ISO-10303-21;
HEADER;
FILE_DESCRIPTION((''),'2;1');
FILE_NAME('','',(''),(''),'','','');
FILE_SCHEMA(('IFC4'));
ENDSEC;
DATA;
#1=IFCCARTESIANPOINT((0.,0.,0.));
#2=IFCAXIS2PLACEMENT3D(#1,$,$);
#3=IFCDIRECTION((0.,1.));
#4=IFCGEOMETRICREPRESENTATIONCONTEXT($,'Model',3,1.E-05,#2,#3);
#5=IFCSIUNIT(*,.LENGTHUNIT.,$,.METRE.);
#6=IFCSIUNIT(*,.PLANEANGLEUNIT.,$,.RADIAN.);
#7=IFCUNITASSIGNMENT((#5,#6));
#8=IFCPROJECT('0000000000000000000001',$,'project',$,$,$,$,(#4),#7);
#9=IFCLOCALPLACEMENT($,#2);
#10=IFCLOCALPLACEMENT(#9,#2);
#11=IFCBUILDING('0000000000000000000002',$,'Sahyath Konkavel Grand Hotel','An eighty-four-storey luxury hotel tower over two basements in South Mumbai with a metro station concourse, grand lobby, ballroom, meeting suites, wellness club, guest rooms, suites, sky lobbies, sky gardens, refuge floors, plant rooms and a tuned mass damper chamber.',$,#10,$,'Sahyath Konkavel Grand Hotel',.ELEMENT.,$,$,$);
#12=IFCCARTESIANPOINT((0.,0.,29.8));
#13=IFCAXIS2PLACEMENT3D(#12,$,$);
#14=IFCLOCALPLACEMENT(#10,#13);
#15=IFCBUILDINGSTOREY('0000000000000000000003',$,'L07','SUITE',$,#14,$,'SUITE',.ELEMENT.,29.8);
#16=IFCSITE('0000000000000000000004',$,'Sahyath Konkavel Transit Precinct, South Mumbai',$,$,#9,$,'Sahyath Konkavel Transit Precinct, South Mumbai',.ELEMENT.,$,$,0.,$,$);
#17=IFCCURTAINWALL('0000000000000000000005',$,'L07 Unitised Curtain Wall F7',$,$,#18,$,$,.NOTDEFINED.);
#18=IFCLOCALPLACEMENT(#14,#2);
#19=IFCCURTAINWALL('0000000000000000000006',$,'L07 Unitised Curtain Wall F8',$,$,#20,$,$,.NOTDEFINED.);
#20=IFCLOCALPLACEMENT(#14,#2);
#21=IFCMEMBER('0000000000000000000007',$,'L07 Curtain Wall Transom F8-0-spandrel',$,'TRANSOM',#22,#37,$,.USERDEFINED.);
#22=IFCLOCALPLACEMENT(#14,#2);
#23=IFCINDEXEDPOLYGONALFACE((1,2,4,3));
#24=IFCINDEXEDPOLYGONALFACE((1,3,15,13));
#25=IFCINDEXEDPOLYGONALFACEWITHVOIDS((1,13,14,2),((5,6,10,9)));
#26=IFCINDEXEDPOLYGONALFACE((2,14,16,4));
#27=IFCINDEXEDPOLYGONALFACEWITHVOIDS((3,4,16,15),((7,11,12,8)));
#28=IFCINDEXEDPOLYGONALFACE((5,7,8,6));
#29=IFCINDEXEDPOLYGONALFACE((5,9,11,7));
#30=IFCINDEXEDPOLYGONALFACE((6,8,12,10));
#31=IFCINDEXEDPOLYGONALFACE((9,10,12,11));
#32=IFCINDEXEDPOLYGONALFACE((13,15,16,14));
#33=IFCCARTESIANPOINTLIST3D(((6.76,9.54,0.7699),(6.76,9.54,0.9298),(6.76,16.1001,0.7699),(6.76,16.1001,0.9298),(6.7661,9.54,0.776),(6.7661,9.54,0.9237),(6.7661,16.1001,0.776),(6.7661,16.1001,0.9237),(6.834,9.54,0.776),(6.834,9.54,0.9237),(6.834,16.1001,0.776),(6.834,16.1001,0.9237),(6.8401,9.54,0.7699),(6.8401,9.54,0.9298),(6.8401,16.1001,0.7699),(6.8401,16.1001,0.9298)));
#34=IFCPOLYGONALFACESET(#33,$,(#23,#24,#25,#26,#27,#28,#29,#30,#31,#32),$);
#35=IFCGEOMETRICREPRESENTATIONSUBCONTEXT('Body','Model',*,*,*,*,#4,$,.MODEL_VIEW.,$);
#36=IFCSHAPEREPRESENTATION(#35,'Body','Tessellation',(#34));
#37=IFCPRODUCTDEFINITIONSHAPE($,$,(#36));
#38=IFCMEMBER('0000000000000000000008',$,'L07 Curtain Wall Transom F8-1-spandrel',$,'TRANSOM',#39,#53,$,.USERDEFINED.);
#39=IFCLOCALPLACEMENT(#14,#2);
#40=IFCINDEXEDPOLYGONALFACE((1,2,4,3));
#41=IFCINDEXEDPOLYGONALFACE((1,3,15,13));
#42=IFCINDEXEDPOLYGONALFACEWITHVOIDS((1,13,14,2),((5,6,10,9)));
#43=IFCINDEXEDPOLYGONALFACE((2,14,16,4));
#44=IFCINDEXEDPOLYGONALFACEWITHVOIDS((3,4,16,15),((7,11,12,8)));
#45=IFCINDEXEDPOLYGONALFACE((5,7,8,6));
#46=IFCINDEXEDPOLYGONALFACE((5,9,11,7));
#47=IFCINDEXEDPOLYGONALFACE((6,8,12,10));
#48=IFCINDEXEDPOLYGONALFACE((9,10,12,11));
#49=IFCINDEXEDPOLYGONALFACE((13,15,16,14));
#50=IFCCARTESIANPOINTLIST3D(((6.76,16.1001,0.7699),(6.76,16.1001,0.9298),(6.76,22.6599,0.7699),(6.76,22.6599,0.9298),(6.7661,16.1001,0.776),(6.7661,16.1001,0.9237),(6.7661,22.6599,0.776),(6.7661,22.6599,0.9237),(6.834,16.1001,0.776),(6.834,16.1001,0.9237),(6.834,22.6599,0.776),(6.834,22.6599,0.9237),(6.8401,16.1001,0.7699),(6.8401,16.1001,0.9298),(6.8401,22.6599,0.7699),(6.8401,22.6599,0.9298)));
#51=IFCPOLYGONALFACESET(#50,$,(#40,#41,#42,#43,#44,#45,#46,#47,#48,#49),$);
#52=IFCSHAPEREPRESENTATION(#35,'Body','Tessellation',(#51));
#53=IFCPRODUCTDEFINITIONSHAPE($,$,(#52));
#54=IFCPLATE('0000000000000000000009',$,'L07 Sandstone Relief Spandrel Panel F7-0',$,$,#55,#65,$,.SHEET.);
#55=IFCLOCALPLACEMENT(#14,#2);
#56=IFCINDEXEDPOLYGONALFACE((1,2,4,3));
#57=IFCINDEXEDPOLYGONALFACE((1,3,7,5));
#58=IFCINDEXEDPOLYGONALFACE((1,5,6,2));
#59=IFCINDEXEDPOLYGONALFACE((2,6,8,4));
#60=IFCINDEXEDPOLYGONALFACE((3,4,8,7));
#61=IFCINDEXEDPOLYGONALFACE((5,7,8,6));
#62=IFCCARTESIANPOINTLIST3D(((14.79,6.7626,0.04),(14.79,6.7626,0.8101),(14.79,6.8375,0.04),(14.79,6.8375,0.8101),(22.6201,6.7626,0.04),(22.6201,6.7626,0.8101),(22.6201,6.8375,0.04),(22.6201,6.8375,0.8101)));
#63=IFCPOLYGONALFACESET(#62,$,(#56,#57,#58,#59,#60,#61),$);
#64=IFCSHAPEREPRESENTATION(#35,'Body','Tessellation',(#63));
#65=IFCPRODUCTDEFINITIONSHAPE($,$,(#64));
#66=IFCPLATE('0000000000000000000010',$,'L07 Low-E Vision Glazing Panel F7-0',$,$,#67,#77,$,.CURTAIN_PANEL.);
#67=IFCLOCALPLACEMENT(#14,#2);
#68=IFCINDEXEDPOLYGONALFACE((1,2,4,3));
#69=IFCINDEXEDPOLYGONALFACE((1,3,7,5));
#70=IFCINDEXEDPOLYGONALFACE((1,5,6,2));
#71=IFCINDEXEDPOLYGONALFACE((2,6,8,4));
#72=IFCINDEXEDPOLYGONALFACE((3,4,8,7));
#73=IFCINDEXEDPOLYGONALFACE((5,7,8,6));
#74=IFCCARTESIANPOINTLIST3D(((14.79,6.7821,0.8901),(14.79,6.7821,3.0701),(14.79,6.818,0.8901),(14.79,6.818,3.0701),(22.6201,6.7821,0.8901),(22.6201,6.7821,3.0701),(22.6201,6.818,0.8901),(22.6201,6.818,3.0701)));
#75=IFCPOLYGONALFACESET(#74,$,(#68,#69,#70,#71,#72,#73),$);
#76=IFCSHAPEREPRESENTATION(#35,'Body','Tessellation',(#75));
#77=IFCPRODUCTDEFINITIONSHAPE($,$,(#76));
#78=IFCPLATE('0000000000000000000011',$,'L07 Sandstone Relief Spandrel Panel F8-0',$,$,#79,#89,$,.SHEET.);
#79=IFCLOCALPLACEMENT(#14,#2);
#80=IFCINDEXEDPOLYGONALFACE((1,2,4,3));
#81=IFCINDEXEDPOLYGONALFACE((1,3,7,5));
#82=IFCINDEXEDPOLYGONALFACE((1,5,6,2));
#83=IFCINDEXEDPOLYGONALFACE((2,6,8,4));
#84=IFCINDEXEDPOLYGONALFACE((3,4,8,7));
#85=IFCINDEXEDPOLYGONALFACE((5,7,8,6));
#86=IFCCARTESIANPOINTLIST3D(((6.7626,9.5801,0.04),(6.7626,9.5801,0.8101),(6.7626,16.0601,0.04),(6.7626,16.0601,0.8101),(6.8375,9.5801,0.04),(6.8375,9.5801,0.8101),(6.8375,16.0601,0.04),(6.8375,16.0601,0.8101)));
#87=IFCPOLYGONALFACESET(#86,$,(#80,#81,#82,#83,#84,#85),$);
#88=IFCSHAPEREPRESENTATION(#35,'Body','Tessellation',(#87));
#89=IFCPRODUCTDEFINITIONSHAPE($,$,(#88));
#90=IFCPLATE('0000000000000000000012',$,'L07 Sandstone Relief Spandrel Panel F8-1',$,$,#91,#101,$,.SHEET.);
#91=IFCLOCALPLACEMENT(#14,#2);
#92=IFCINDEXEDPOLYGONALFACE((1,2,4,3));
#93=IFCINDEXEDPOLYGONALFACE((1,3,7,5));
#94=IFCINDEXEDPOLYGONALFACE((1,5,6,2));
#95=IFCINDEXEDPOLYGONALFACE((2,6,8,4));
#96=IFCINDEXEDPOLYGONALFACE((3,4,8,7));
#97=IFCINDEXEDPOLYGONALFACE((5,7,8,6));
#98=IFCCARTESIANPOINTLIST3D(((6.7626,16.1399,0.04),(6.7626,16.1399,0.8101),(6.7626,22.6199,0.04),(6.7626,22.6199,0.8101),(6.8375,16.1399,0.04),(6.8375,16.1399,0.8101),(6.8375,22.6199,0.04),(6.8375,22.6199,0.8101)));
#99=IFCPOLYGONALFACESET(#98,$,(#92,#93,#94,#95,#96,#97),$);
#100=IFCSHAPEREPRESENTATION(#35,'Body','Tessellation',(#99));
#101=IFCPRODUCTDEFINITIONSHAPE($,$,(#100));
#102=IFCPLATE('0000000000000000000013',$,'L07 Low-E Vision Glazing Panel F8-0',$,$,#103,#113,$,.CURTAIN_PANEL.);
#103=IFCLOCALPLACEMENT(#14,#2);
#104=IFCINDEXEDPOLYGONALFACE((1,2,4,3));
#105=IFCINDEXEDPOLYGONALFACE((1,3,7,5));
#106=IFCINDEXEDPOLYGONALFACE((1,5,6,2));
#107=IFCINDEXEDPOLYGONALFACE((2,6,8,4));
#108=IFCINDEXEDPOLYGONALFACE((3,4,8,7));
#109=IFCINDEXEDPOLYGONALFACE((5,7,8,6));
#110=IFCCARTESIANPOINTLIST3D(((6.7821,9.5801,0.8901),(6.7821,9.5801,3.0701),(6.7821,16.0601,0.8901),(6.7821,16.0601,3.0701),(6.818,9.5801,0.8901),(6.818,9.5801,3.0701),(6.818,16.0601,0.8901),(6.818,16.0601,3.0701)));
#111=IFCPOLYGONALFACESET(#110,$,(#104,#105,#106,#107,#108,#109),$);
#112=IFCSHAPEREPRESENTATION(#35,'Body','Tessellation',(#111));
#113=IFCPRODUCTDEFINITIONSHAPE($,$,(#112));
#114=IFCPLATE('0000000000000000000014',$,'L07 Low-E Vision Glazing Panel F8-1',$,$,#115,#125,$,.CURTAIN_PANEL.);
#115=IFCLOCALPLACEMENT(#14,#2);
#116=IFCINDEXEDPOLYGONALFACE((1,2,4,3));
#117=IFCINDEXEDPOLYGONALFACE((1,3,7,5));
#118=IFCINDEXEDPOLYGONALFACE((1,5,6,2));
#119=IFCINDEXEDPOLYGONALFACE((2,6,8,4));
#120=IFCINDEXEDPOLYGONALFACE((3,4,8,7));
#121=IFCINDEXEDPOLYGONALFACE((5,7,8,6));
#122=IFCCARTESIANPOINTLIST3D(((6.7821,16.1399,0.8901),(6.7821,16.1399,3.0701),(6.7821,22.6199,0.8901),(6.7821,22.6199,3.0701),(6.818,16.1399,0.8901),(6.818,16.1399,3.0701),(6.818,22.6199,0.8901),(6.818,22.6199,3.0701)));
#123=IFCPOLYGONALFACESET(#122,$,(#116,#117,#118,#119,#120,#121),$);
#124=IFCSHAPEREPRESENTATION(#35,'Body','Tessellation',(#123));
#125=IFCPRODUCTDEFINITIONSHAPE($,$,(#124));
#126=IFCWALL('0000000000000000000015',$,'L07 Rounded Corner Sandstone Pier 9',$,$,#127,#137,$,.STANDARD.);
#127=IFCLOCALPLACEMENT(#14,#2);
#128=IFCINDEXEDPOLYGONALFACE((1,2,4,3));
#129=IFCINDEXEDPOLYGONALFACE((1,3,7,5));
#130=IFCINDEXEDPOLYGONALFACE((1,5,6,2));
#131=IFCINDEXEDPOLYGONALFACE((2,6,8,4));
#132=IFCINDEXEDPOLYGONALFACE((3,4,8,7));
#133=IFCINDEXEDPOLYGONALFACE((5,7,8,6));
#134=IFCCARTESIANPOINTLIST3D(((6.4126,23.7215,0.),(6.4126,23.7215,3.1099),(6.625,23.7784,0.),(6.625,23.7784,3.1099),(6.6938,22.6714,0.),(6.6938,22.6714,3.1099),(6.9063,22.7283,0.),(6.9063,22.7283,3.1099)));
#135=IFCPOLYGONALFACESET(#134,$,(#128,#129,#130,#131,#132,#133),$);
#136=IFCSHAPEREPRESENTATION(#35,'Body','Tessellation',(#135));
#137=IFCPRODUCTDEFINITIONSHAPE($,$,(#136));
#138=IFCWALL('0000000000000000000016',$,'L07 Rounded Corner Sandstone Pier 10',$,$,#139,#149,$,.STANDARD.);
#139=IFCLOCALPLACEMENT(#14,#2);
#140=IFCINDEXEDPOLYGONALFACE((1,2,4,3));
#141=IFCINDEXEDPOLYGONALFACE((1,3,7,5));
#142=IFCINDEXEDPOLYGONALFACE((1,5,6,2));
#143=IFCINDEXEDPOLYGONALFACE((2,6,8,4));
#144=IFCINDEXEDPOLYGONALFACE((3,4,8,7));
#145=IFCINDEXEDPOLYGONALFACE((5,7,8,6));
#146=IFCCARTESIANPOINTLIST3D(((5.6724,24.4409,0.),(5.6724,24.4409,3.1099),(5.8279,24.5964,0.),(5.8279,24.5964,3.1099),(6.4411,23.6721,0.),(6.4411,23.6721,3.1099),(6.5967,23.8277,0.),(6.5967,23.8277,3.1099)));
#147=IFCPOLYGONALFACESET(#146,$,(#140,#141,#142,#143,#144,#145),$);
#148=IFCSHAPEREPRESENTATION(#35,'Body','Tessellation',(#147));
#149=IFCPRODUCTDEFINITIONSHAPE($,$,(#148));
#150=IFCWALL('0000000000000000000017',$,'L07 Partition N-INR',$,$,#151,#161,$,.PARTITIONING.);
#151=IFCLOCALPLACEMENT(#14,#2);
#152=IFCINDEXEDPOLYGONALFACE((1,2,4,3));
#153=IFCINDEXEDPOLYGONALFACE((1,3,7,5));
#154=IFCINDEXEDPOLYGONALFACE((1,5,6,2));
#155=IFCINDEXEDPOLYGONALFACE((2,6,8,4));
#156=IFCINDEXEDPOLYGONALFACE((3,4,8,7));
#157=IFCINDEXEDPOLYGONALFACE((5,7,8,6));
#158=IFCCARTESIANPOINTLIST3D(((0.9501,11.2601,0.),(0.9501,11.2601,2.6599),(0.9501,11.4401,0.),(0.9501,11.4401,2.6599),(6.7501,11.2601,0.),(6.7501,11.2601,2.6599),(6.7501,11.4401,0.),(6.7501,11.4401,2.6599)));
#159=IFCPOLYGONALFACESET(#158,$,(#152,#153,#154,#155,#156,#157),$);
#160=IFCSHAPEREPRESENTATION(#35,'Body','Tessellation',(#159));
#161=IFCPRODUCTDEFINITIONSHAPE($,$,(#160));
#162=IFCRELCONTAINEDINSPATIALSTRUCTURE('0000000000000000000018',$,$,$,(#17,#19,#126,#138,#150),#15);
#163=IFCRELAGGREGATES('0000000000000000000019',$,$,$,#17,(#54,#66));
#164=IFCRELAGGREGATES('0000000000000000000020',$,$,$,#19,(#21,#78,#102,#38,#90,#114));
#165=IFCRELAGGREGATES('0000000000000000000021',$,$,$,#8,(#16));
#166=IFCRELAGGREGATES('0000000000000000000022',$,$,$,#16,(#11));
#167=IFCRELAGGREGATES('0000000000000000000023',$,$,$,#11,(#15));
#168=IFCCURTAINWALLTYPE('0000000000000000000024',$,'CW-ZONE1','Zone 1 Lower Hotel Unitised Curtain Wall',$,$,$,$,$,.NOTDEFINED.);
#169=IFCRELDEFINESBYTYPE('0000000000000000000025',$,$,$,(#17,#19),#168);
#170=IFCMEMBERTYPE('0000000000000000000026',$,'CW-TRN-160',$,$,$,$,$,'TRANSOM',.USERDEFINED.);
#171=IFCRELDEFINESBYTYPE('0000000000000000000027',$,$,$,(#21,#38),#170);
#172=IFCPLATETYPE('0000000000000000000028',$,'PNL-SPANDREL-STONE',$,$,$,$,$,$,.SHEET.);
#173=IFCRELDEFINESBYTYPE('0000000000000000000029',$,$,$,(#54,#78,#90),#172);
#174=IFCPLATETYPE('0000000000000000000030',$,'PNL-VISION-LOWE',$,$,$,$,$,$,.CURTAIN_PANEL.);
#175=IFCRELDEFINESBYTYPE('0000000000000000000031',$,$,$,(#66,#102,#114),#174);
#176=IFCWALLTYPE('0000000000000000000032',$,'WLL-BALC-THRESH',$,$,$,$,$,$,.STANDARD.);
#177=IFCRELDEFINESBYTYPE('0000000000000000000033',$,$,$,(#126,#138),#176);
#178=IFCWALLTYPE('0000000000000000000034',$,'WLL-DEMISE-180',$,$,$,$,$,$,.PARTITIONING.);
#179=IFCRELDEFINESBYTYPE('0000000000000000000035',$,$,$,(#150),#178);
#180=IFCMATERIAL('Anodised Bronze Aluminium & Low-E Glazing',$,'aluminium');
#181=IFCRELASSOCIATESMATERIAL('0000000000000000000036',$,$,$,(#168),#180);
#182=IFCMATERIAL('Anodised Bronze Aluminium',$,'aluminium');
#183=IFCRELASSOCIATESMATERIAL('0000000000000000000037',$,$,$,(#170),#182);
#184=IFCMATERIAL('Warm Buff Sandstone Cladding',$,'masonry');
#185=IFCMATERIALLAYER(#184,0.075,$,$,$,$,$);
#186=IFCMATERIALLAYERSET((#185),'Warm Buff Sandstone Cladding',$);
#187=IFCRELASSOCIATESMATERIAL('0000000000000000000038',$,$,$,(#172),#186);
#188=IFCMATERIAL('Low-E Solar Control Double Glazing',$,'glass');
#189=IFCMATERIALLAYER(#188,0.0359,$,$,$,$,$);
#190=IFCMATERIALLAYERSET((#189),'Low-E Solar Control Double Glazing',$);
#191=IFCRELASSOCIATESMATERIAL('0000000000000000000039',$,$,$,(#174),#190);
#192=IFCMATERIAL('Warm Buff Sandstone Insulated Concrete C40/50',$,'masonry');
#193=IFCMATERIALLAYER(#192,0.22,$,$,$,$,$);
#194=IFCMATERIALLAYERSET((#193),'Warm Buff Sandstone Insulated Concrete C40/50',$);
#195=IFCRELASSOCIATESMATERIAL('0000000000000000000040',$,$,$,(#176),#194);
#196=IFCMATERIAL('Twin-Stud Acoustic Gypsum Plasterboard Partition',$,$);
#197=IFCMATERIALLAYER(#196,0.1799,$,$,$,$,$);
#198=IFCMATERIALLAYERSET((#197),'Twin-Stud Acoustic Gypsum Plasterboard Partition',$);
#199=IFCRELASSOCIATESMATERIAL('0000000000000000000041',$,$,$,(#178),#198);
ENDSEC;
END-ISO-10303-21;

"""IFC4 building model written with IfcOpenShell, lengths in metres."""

from ifc_helpers import new_model, si_unit, direction, frame, frame_2d, origin, origin_2d, place, context, subcontext, project, spatial, rectangle, hollow_rectangle, extrude, source, transform, mapped, material, layer, layer_set, material_profile, profile_set, type_object, element, aggregate, save


model = new_model("IFC4")

# Units and contexts
model_context = context("Model", 3, precision=1e-05, world=origin(), true_north=direction((0.0, 1.0)))
body_context = subcontext(model_context, "Body", "Model", "MODEL_VIEW")
ifc_project = project(units=[si_unit("LENGTHUNIT", "METRE"), si_unit("PLANEANGLEUNIT", "RADIAN")], contexts=[model_context])

# Site, building, storey
site_placement = place(None, origin())
site = spatial("IfcSite", under=ifc_project, at=site_placement, Name="Sahyath Konkavel Transit Precinct, South Mumbai", LongName="Sahyath Konkavel Transit Precinct, South Mumbai", CompositionType="ELEMENT", RefElevation=0.0)
building_placement = place(site_placement, origin())
building = spatial("IfcBuilding", under=site, at=building_placement, Name="Sahyath Konkavel Grand Hotel", Description="An eighty-four-storey luxury hotel tower over two basements in South Mumbai with a metro station concourse, grand lobby, ballroom, meeting suites, wellness club, guest rooms, suites, sky lobbies, sky gardens, refuge floors, plant rooms and a tuned mass damper chamber.", LongName="Sahyath Konkavel Grand Hotel", CompositionType="ELEMENT")
storey_placement = place(building_placement, frame((0.0, 0.0, 29.8)))
storey = spatial("IfcBuildingStorey", under=building, at=storey_placement, Name="L07", Description="SUITE", LongName="SUITE", CompositionType="ELEMENT", Elevation=29.8)

# Curtain wall
ifc_material_1 = material(Name="Anodised Bronze Aluminium & Low-E Glazing", Category="aluminium")
curtain_wall_type = type_object("IfcCurtainWallType", Name="CW-ZONE1", Description="Zone 1 Lower Hotel Unitised Curtain Wall", PredefinedType="NOTDEFINED", material=ifc_material_1)
curtain_wall_1_placement = place(storey_placement, origin())
curtain_wall_1 = element("IfcCurtainWall", 1, at=curtain_wall_1_placement, inside=storey, type_object=curtain_wall_type, Name="L07 Unitised Curtain Wall F7", PredefinedType="NOTDEFINED")
ifc_material_2 = material(Name="Anodised Bronze Aluminium", Category="aluminium")

# Curtain wall
curtain_wall_2_placement = place(storey_placement, origin())
curtain_wall_2 = element("IfcCurtainWall", 2, at=curtain_wall_2_placement, inside=storey, type_object=curtain_wall_type, Name="L07 Unitised Curtain Wall F8", PredefinedType="NOTDEFINED")

# Members
ifc_material_profile_1 = material_profile(ifc_material_2, hollow_rectangle(XDim=0.0801, YDim=0.1599, WallThickness=0.0061, at=origin_2d()), Name="RHS 160x80x6")
ifc_profile_set_1 = profile_set([ifc_material_profile_1], Name="Anodised Bronze Aluminium")
member_type_1 = type_object("IfcMemberType", Name="CW-TRN-160", ElementType="TRANSOM", PredefinedType="USERDEFINED", material=ifc_profile_set_1)
shared_shape_1 = source(origin(), body_context, "Body", "SweptSolid", [
    extrude(hollow_rectangle(XDim=0.0801, YDim=0.1599, WallThickness=0.0061, at=origin_2d()), origin(), (0.0, 0.0, 1.0), 6.5601),
])
member_1_placement = place(storey_placement, frame((6.8, 9.54, 0.8499), z_axis=(0.0, 1.0, 0.0), x_axis=(-1.0, 0.0, 0.0)))
member_1 = element("IfcMember", 3, at=member_1_placement, type_object=member_type_1, Name="L07 Curtain Wall Transom F8-0-spandrel", ObjectType="TRANSOM", PredefinedType="USERDEFINED", context=body_context, shape_type="MappedRepresentation", body=[
    mapped(shared_shape_1, transform((0.0, 0.0, 0.0), scale=1.0)),
])
shared_shape_2 = source(origin(), body_context, "Body", "SweptSolid", [
    extrude(hollow_rectangle(XDim=0.0801, YDim=0.1599, WallThickness=0.0061, at=origin_2d()), origin(), (0.0, 0.0, 1.0), 6.5598),
])
member_2_placement = place(storey_placement, frame((6.8, 16.1001, 0.8499), z_axis=(0.0, 1.0, 0.0), x_axis=(-1.0, 0.0, 0.0)))
member_2 = element("IfcMember", 4, at=member_2_placement, type_object=member_type_1, Name="L07 Curtain Wall Transom F8-1-spandrel", ObjectType="TRANSOM", PredefinedType="USERDEFINED", context=body_context, shape_type="MappedRepresentation", body=[
    mapped(shared_shape_2, transform((0.0, 0.0, 0.0), scale=1.0)),
])

# Plates
ifc_material_3 = material(Name="Warm Buff Sandstone Cladding", Category="masonry")
ifc_layer_1 = layer(ifc_material_3, 0.075)
ifc_layer_set_1 = layer_set([ifc_layer_1], Name="Warm Buff Sandstone Cladding")
plate_type_1 = type_object("IfcPlateType", Name="PNL-SPANDREL-STONE", PredefinedType="SHEET", material=ifc_layer_set_1)
shared_shape_3 = source(origin(), body_context, "Body", "SweptSolid", [
    extrude(rectangle(XDim=7.8301, YDim=0.075, at=origin_2d()), origin(), (0.0, 0.0, 1.0), 0.77),
])
plate_1_placement = place(storey_placement, frame((18.7051, 6.8, 0.04), z_axis=(0.0, 0.0, 1.0), x_axis=(-1.0, 0.0, 0.0)))
plate_1 = element("IfcPlate", 5, at=plate_1_placement, type_object=plate_type_1, Name="L07 Sandstone Relief Spandrel Panel F7-0", PredefinedType="SHEET", context=body_context, shape_type="MappedRepresentation", body=[
    mapped(shared_shape_3, transform((0.0, 0.0, 0.0), scale=1.0)),
])
ifc_material_4 = material(Name="Low-E Solar Control Double Glazing", Category="glass")
ifc_layer_2 = layer(ifc_material_4, 0.0359)
ifc_layer_set_2 = layer_set([ifc_layer_2], Name="Low-E Solar Control Double Glazing")
plate_type_2 = type_object("IfcPlateType", Name="PNL-VISION-LOWE", PredefinedType="CURTAIN_PANEL", material=ifc_layer_set_2)
shared_shape_4 = source(origin(), body_context, "Body", "SweptSolid", [
    extrude(rectangle(XDim=7.8301, YDim=0.0359, at=origin_2d()), origin(), (0.0, 0.0, 1.0), 2.1799),
])
plate_2_placement = place(storey_placement, frame((18.7051, 6.8, 0.8901), z_axis=(0.0, 0.0, 1.0), x_axis=(-1.0, 0.0, 0.0)))
plate_2 = element("IfcPlate", 6, at=plate_2_placement, type_object=plate_type_2, Name="L07 Low-E Vision Glazing Panel F7-0", PredefinedType="CURTAIN_PANEL", context=body_context, shape_type="MappedRepresentation", body=[
    mapped(shared_shape_4, transform((0.0, 0.0, 0.0), scale=1.0)),
])
aggregate(curtain_wall_1, [plate_1, plate_2])
shared_shape_5 = source(origin(), body_context, "Body", "SweptSolid", [
    extrude(rectangle(XDim=6.48, YDim=0.075, at=origin_2d()), origin(), (0.0, 0.0, 1.0), 0.77),
])
plate_3_placement = place(storey_placement, frame((6.8, 12.8201, 0.04), z_axis=(0.0, 0.0, 1.0), x_axis=(0.0, 1.0, 0.0)))
plate_3 = element("IfcPlate", 7, at=plate_3_placement, type_object=plate_type_1, Name="L07 Sandstone Relief Spandrel Panel F8-0", PredefinedType="SHEET", context=body_context, shape_type="MappedRepresentation", body=[
    mapped(shared_shape_5, transform((0.0, 0.0, 0.0), scale=1.0)),
])
plate_4_placement = place(storey_placement, frame((6.8, 19.3799, 0.04), z_axis=(0.0, 0.0, 1.0), x_axis=(0.0, 1.0, 0.0)))
plate_4 = element("IfcPlate", 8, at=plate_4_placement, type_object=plate_type_1, Name="L07 Sandstone Relief Spandrel Panel F8-1", PredefinedType="SHEET", context=body_context, shape_type="MappedRepresentation", body=[
    mapped(shared_shape_5, transform((0.0, 0.0, 0.0), scale=1.0)),
])
shared_shape_6 = source(origin(), body_context, "Body", "SweptSolid", [
    extrude(rectangle(XDim=6.48, YDim=0.0359, at=origin_2d()), origin(), (0.0, 0.0, 1.0), 2.1799),
])
plate_5_placement = place(storey_placement, frame((6.8, 12.8201, 0.8901), z_axis=(0.0, 0.0, 1.0), x_axis=(0.0, 1.0, 0.0)))
plate_5 = element("IfcPlate", 9, at=plate_5_placement, type_object=plate_type_2, Name="L07 Low-E Vision Glazing Panel F8-0", PredefinedType="CURTAIN_PANEL", context=body_context, shape_type="MappedRepresentation", body=[
    mapped(shared_shape_6, transform((0.0, 0.0, 0.0), scale=1.0)),
])
plate_6_placement = place(storey_placement, frame((6.8, 19.3799, 0.8901), z_axis=(0.0, 0.0, 1.0), x_axis=(0.0, 1.0, 0.0)))
plate_6 = element("IfcPlate", 10, at=plate_6_placement, type_object=plate_type_2, Name="L07 Low-E Vision Glazing Panel F8-1", PredefinedType="CURTAIN_PANEL", context=body_context, shape_type="MappedRepresentation", body=[
    mapped(shared_shape_6, transform((0.0, 0.0, 0.0), scale=1.0)),
])
aggregate(curtain_wall_2, [member_1, plate_3, plate_5, member_2, plate_4, plate_6])

# Walls
ifc_material_5 = material(Name="Warm Buff Sandstone Insulated Concrete C40/50", Category="masonry")
ifc_layer_3 = layer(ifc_material_5, 0.22)
ifc_layer_set_3 = layer_set([ifc_layer_3], Name="Warm Buff Sandstone Insulated Concrete C40/50")
wall_type_1 = type_object("IfcWallType", Name="WLL-BALC-THRESH", PredefinedType="STANDARD", material=ifc_layer_set_3)
for number, where, z_axis, x_axis, name in (
    (11, (6.8, 22.7, 0.0), (0.0, 0.0, 1.0), (-0.258725, 0.965951, 0.0), "L07 Rounded Corner Sandstone Pier 9"),
    (12, (6.5188, 23.75, 0.0), (0.0, 0.0, 1.0), (-0.707107, 0.707107, 0.0), "L07 Rounded Corner Sandstone Pier 10"),
):
    element("IfcWall", number, at=place(storey_placement, frame(where, z_axis=z_axis, x_axis=x_axis)), inside=storey, type_object=wall_type_1, Name=name, PredefinedType="STANDARD", context=body_context, shape_type="SweptSolid", body=[
        extrude(rectangle(XDim=1.0872, YDim=0.22, at=frame_2d((0.5435, 0.0))), origin(), (0.0, 0.0, 1.0), 3.1099),
    ])
ifc_material_6 = material(Name="Twin-Stud Acoustic Gypsum Plasterboard Partition")
ifc_layer_4 = layer(ifc_material_6, 0.1799)
ifc_layer_set_4 = layer_set([ifc_layer_4], Name="Twin-Stud Acoustic Gypsum Plasterboard Partition")
wall_type_2 = type_object("IfcWallType", Name="WLL-DEMISE-180", PredefinedType="PARTITIONING", material=ifc_layer_set_4)
wall_1_placement = place(storey_placement, frame((6.75, 11.3501, 0.0), z_axis=(0.0, 0.0, 1.0), x_axis=(-1.0, 0.0, 0.0)))
element("IfcWall", 13, at=wall_1_placement, inside=storey, type_object=wall_type_2, Name="L07 Partition N-INR", PredefinedType="PARTITIONING", context=body_context, shape_type="SweptSolid", body=[
    extrude(rectangle(XDim=5.8, YDim=0.1799, at=frame_2d((2.8999, 0.0))), origin(), (0.0, 0.0, 1.0), 2.6599),
])

save(model, "model.ifc")
